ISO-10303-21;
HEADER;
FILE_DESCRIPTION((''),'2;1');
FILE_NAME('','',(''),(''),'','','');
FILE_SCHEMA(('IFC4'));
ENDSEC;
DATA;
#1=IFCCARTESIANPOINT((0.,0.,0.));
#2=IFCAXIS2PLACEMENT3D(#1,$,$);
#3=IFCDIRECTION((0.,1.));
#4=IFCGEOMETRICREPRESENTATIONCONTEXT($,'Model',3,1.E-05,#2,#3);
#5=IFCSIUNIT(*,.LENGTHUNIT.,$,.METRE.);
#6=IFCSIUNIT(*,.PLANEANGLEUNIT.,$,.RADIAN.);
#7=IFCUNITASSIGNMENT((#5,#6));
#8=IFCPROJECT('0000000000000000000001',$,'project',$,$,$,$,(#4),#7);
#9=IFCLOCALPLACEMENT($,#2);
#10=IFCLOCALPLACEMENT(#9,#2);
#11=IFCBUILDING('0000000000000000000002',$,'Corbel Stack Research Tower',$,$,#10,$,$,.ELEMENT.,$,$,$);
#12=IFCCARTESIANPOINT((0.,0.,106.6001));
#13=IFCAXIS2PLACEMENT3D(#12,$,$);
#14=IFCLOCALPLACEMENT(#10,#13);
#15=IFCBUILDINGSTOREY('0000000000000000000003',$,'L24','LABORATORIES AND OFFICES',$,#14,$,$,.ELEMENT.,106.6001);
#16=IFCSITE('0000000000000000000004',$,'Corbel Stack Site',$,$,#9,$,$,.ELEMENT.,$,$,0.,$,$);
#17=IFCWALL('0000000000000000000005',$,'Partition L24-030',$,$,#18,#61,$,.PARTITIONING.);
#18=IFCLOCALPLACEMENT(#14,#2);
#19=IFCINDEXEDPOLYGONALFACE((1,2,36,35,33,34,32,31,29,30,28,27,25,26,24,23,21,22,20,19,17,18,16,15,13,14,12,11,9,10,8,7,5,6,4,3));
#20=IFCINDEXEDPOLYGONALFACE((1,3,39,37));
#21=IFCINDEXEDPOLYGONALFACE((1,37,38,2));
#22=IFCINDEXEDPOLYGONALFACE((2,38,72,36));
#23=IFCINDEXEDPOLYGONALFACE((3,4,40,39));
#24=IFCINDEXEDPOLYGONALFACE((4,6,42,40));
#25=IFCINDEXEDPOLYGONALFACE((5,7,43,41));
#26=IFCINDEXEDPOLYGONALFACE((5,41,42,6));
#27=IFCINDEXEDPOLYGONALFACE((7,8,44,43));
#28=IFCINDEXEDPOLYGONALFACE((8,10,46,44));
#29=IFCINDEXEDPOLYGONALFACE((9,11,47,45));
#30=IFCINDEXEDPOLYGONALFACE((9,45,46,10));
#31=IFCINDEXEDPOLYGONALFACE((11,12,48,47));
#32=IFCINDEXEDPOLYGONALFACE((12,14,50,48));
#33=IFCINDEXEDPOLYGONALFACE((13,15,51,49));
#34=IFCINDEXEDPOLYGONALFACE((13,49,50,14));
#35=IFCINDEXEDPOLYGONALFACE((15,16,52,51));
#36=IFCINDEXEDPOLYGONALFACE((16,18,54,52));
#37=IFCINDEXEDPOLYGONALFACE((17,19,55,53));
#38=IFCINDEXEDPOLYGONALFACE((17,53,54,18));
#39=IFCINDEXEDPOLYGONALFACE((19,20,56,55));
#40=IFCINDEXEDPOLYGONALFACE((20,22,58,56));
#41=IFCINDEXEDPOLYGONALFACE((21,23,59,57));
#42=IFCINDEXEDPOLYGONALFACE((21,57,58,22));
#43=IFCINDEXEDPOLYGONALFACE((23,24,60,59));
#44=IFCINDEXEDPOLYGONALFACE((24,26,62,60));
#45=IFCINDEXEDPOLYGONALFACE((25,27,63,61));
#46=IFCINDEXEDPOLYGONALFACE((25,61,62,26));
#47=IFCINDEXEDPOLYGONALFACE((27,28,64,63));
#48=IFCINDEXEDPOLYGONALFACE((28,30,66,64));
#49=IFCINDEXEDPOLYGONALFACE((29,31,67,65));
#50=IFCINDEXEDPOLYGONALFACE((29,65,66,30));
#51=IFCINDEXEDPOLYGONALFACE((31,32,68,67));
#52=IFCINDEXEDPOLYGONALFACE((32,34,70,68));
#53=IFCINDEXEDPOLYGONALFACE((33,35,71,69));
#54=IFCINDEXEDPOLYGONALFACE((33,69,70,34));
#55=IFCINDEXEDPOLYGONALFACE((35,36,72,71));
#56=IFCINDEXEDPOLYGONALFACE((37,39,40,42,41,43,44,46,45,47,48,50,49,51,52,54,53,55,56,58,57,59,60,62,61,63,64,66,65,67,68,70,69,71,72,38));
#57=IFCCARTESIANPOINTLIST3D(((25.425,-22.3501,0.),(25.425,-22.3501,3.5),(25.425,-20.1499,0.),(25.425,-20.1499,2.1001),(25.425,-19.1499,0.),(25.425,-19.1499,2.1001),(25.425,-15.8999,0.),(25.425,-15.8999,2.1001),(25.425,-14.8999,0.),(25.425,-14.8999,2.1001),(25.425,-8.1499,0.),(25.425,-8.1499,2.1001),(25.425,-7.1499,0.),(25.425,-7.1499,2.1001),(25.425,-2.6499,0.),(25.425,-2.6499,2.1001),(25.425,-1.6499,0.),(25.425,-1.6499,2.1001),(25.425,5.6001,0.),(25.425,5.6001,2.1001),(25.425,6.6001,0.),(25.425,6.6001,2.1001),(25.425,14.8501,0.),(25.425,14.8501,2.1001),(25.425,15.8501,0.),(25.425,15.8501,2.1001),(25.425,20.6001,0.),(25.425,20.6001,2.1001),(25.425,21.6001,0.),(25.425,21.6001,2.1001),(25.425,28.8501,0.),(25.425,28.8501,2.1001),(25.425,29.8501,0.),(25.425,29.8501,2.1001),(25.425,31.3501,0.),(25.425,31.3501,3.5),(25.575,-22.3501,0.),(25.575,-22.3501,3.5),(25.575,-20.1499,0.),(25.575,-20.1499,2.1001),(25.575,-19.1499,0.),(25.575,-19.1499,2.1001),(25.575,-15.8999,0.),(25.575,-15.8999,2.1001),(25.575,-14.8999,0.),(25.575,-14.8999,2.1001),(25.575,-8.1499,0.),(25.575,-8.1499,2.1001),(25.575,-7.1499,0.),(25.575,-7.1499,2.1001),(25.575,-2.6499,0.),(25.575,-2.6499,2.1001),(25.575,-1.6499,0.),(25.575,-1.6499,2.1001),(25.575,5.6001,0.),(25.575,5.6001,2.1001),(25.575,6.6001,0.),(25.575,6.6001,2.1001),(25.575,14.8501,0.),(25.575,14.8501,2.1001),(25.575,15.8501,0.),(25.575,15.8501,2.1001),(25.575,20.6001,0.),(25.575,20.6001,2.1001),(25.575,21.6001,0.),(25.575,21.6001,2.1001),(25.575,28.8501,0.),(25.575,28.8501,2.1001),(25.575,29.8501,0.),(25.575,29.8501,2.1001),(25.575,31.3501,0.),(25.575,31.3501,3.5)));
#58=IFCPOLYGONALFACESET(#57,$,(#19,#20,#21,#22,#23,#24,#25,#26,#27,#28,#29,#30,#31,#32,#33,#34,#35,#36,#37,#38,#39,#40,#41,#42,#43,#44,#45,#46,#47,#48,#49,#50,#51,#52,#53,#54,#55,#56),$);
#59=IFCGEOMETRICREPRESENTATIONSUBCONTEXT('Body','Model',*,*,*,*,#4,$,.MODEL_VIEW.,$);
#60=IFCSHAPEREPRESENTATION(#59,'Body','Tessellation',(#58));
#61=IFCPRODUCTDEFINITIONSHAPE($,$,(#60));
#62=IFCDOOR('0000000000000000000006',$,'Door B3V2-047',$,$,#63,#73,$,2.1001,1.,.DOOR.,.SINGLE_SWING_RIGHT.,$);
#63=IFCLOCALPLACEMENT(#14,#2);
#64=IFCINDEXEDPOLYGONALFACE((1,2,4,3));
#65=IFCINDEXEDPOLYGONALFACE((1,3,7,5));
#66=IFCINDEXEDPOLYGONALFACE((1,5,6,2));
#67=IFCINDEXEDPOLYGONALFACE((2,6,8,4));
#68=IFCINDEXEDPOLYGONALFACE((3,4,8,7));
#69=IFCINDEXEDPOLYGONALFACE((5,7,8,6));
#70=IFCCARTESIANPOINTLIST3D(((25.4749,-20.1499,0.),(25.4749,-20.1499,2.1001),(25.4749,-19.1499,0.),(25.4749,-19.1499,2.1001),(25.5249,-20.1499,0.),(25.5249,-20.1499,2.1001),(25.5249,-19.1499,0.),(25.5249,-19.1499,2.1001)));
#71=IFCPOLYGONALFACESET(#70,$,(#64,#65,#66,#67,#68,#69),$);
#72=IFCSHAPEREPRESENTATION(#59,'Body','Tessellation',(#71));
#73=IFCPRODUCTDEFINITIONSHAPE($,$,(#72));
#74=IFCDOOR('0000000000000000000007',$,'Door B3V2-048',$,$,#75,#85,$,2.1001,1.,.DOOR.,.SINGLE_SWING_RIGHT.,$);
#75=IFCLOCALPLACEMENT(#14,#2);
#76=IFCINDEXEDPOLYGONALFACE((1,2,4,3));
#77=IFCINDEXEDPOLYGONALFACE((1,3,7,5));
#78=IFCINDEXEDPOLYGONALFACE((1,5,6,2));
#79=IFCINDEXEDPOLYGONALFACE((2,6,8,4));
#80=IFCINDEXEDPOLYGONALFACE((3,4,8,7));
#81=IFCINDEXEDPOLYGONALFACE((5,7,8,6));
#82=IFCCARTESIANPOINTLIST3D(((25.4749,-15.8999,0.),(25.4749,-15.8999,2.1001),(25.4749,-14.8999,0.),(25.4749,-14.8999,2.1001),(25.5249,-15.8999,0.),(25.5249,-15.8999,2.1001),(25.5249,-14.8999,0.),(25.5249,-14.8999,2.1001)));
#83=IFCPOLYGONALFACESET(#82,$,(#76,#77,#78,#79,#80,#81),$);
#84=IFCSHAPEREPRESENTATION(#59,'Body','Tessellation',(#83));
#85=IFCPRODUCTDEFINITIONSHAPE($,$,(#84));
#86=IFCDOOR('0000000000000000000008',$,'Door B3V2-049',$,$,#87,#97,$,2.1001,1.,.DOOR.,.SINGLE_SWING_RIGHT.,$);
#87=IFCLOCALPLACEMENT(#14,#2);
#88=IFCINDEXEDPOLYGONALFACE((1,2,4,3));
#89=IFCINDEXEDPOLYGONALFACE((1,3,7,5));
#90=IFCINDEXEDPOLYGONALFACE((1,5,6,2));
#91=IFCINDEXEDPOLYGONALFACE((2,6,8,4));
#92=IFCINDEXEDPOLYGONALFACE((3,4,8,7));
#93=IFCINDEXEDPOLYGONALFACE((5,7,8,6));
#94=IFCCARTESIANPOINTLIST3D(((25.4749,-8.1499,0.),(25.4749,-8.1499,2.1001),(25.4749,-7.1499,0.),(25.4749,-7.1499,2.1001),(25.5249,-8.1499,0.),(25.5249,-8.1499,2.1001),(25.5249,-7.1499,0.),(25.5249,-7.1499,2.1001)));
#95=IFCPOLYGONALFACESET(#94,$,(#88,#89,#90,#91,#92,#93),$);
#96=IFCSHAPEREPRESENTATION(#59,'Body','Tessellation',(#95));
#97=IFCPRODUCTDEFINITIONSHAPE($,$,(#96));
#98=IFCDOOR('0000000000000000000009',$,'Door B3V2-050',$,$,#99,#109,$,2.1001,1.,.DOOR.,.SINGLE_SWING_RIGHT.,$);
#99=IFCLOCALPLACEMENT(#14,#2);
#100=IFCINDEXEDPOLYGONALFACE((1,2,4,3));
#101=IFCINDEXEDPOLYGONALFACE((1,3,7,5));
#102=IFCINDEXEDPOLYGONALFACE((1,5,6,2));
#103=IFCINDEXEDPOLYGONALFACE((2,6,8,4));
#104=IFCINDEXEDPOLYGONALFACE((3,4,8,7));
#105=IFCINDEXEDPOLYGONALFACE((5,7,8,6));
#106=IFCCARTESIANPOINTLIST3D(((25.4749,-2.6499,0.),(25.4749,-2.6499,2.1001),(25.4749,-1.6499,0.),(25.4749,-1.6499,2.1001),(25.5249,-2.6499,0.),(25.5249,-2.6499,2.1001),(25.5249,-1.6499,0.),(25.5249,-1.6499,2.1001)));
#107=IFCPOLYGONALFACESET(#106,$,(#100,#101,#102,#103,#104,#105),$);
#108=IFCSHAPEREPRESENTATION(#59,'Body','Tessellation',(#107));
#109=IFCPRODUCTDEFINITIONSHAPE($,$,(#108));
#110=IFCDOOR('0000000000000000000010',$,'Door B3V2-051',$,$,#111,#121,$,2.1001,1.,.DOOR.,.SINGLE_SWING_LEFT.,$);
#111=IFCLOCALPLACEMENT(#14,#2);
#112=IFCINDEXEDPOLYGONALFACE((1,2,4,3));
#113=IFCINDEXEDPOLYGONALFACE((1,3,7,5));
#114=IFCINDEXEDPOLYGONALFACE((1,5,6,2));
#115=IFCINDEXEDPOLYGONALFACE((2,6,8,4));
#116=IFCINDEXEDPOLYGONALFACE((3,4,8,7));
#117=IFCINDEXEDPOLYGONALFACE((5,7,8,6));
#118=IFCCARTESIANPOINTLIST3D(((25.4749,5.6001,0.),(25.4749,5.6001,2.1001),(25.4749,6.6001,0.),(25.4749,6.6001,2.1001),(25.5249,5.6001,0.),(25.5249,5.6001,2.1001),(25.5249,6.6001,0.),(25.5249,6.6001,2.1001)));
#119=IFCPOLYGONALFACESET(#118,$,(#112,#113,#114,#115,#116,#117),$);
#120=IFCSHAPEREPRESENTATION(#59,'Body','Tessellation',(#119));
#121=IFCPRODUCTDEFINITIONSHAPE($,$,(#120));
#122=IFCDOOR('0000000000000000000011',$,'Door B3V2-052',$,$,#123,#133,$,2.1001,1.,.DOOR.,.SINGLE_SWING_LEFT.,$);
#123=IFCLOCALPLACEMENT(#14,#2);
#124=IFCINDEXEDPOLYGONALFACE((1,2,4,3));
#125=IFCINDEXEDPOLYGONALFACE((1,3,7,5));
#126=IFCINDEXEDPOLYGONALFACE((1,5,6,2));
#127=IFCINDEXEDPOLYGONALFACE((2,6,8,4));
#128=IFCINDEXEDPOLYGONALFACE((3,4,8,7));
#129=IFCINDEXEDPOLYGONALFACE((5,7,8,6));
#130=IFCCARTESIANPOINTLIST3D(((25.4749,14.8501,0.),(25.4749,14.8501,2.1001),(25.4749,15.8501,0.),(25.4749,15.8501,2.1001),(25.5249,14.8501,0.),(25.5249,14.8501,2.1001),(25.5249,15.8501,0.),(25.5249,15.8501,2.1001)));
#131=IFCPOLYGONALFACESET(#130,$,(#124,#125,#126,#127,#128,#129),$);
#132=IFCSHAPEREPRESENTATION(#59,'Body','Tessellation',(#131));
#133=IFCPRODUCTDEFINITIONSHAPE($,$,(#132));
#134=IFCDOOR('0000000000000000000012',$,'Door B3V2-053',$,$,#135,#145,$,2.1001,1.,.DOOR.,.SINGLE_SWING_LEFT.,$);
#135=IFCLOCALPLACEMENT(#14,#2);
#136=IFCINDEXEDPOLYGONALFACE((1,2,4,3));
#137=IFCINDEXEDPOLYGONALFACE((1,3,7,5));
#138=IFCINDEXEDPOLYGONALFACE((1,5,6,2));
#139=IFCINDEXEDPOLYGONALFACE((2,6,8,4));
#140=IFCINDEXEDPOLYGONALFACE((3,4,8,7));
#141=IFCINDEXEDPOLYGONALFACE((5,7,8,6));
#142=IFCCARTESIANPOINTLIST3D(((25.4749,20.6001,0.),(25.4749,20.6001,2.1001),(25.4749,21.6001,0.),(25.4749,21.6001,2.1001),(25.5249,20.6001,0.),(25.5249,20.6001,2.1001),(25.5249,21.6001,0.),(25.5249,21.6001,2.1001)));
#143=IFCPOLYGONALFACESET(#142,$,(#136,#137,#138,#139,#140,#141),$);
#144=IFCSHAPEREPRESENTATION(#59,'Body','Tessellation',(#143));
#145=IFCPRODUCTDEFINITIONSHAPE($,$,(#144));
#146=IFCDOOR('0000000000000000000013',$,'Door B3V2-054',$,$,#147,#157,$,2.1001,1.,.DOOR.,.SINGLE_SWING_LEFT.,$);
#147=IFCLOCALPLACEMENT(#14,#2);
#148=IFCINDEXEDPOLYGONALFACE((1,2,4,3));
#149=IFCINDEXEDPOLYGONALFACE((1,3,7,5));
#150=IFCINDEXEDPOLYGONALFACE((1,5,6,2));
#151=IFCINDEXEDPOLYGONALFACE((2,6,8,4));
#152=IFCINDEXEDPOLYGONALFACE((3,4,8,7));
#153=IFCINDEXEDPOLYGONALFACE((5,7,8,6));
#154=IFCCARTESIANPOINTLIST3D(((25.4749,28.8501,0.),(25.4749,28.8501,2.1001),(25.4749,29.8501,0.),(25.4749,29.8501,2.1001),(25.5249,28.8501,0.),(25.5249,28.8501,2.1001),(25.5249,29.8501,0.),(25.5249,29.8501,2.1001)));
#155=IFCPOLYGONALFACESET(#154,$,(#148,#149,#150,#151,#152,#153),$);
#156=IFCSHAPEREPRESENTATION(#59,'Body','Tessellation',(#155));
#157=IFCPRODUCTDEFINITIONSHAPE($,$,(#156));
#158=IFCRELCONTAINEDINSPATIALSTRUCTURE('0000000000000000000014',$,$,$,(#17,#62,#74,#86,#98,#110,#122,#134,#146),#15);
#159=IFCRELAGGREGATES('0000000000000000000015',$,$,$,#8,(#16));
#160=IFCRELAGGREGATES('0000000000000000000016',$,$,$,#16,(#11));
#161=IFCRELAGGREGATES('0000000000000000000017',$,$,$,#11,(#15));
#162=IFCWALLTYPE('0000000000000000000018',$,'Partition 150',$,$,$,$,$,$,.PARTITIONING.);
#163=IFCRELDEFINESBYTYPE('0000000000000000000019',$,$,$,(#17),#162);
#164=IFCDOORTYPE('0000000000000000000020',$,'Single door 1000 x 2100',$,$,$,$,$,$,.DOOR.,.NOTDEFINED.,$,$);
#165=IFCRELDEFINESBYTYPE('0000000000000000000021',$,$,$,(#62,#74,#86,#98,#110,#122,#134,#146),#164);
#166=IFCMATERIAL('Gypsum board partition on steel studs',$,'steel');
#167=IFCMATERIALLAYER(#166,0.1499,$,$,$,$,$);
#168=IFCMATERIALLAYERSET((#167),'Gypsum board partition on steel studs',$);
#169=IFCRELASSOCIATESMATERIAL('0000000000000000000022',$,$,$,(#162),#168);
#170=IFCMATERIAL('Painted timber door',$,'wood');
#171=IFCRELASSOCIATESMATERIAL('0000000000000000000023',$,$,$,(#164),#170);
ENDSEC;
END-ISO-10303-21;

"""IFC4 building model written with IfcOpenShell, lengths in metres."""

from ifc_helpers import new_model, si_unit, direction, frame, frame_2d, origin, place, context, subcontext, project, spatial, rectangle, extrude, material, layer, layer_set, type_object, element, fill, save


model = new_model("IFC4")

# Units and contexts
model_context = context("Model", 3, precision=1e-05, world=origin(), true_north=direction((0.0, 1.0)))
body_context = subcontext(model_context, "Body", "Model", "MODEL_VIEW")
ifc_project = project(units=[si_unit("LENGTHUNIT", "METRE"), si_unit("PLANEANGLEUNIT", "RADIAN")], contexts=[model_context])

# Site, building, storey
site_placement = place(None, origin())
site = spatial("IfcSite", under=ifc_project, at=site_placement, Name="Corbel Stack Site", CompositionType="ELEMENT", RefElevation=0.0)
building_placement = place(site_placement, origin())
building = spatial("IfcBuilding", under=site, at=building_placement, Name="Corbel Stack Research Tower", CompositionType="ELEMENT")
storey_placement = place(building_placement, frame((0.0, 0.0, 106.6001)))
storey = spatial("IfcBuildingStorey", under=building, at=storey_placement, Name="L24", Description="LABORATORIES AND OFFICES", CompositionType="ELEMENT", Elevation=106.6001)

# Wall, openings, doors
ifc_material_1 = material(Name="Gypsum board partition on steel studs", Category="steel")
ifc_layer_1 = layer(ifc_material_1, 0.1499)
ifc_layer_set_1 = layer_set([ifc_layer_1], Name="Gypsum board partition on steel studs")
wall_type_1 = type_object("IfcWallType", Name="Partition 150", PredefinedType="PARTITIONING", material=ifc_layer_set_1)
wall_1_placement = place(storey_placement, frame((25.5, 31.3501, 0.0), z_axis=(0.0, 0.0, 1.0), x_axis=(0.0, -1.0, 0.0)))
wall_1 = element("IfcWall", 1, at=wall_1_placement, inside=storey, type_object=wall_type_1, Name="Partition L24-030", PredefinedType="PARTITIONING", context=body_context, shape_type="SweptSolid", body=[
    extrude(rectangle(XDim=53.7002, YDim=0.1499, at=frame_2d((26.8501, 0.0))), origin(), (0.0, 0.0, 1.0), 3.5),
])
opening_1_placement = place(wall_1_placement, frame((50.5, 0.0, 0.0)))
opening_1 = element("IfcOpeningElement", 2, at=opening_1_placement, cuts=wall_1, PredefinedType="OPENING", context=body_context, shape_type="SweptSolid", body=[
    extrude(rectangle(XDim=1.0, YDim=2.1001, at=frame_2d((0.5, 1.05))), frame((0.0, 0.085, 0.0), z_axis=(0.0, -1.0, 0.0), x_axis=(1.0, 0.0, 0.0)), (0.0, 0.0, 1.0), 0.1699),
])
opening_2_placement = place(wall_1_placement, frame((46.25, 0.0, 0.0)))
opening_2 = element("IfcOpeningElement", 3, at=opening_2_placement, cuts=wall_1, PredefinedType="OPENING", context=body_context, shape_type="SweptSolid", body=[
    extrude(rectangle(XDim=1.0, YDim=2.1001, at=frame_2d((0.5, 1.05))), frame((0.0, 0.085, 0.0), z_axis=(0.0, -1.0, 0.0), x_axis=(1.0, 0.0, 0.0)), (0.0, 0.0, 1.0), 0.1699),
])
opening_3_placement = place(wall_1_placement, frame((38.5, 0.0, 0.0)))
opening_3 = element("IfcOpeningElement", 4, at=opening_3_placement, cuts=wall_1, PredefinedType="OPENING", context=body_context, shape_type="SweptSolid", body=[
    extrude(rectangle(XDim=1.0, YDim=2.1001, at=frame_2d((0.5, 1.05))), frame((0.0, 0.085, 0.0), z_axis=(0.0, -1.0, 0.0), x_axis=(1.0, 0.0, 0.0)), (0.0, 0.0, 1.0), 0.1699),
])
opening_4_placement = place(wall_1_placement, frame((33.0, 0.0, 0.0)))
opening_4 = element("IfcOpeningElement", 5, at=opening_4_placement, cuts=wall_1, PredefinedType="OPENING", context=body_context, shape_type="SweptSolid", body=[
    extrude(rectangle(XDim=1.0, YDim=2.1001, at=frame_2d((0.5, 1.05))), frame((0.0, 0.085, 0.0), z_axis=(0.0, -1.0, 0.0), x_axis=(1.0, 0.0, 0.0)), (0.0, 0.0, 1.0), 0.1699),
])
opening_5_placement = place(wall_1_placement, frame((24.75, 0.0, 0.0)))
opening_5 = element("IfcOpeningElement", 6, at=opening_5_placement, cuts=wall_1, PredefinedType="OPENING", context=body_context, shape_type="SweptSolid", body=[
    extrude(rectangle(XDim=1.0, YDim=2.1001, at=frame_2d((0.5, 1.05))), frame((0.0, 0.085, 0.0), z_axis=(0.0, -1.0, 0.0), x_axis=(1.0, 0.0, 0.0)), (0.0, 0.0, 1.0), 0.1699),
])
opening_6_placement = place(wall_1_placement, frame((15.5, 0.0, 0.0)))
opening_6 = element("IfcOpeningElement", 7, at=opening_6_placement, cuts=wall_1, PredefinedType="OPENING", context=body_context, shape_type="SweptSolid", body=[
    extrude(rectangle(XDim=1.0, YDim=2.1001, at=frame_2d((0.5, 1.05))), frame((0.0, 0.085, 0.0), z_axis=(0.0, -1.0, 0.0), x_axis=(1.0, 0.0, 0.0)), (0.0, 0.0, 1.0), 0.1699),
])
opening_7_placement = place(wall_1_placement, frame((9.75, 0.0, 0.0)))
opening_7 = element("IfcOpeningElement", 8, at=opening_7_placement, cuts=wall_1, PredefinedType="OPENING", context=body_context, shape_type="SweptSolid", body=[
    extrude(rectangle(XDim=1.0, YDim=2.1001, at=frame_2d((0.5, 1.05))), frame((0.0, 0.085, 0.0), z_axis=(0.0, -1.0, 0.0), x_axis=(1.0, 0.0, 0.0)), (0.0, 0.0, 1.0), 0.1699),
])
opening_8_placement = place(wall_1_placement, frame((1.5, 0.0, 0.0)))
opening_8 = element("IfcOpeningElement", 9, at=opening_8_placement, cuts=wall_1, PredefinedType="OPENING", context=body_context, shape_type="SweptSolid", body=[
    extrude(rectangle(XDim=1.0, YDim=2.1001, at=frame_2d((0.5, 1.05))), frame((0.0, 0.085, 0.0), z_axis=(0.0, -1.0, 0.0), x_axis=(1.0, 0.0, 0.0)), (0.0, 0.0, 1.0), 0.1699),
])
ifc_material_2 = material(Name="Painted timber door", Category="wood")
door_type = type_object("IfcDoorType", Name="Single door 1000 x 2100", OperationType="NOTDEFINED", PredefinedType="DOOR", material=ifc_material_2)
door_1_placement = place(opening_1_placement, origin())
door_1 = element("IfcDoor", 10, at=door_1_placement, inside=storey, type_object=door_type, Name="Door B3V2-047", OperationType="SINGLE_SWING_RIGHT", OverallHeight=2.1001, OverallWidth=1.0, PredefinedType="DOOR", context=body_context, shape_type="SweptSolid", body=[
    extrude(rectangle(XDim=1.0, YDim=2.1001, at=frame_2d((0.5, 1.05))), frame((0.0, 0.0249, 0.0), z_axis=(0.0, -1.0, 0.0), x_axis=(1.0, 0.0, 0.0)), (0.0, 0.0, 1.0), 0.05),
])
fill(opening_1, door_1)
door_2_placement = place(opening_2_placement, origin())
door_2 = element("IfcDoor", 11, at=door_2_placement, inside=storey, type_object=door_type, Name="Door B3V2-048", OperationType="SINGLE_SWING_RIGHT", OverallHeight=2.1001, OverallWidth=1.0, PredefinedType="DOOR", context=body_context, shape_type="SweptSolid", body=[
    extrude(rectangle(XDim=1.0, YDim=2.1001, at=frame_2d((0.5, 1.05))), frame((0.0, 0.0249, 0.0), z_axis=(0.0, -1.0, 0.0), x_axis=(1.0, 0.0, 0.0)), (0.0, 0.0, 1.0), 0.05),
])
fill(opening_2, door_2)
door_3_placement = place(opening_3_placement, origin())
door_3 = element("IfcDoor", 12, at=door_3_placement, inside=storey, type_object=door_type, Name="Door B3V2-049", OperationType="SINGLE_SWING_RIGHT", OverallHeight=2.1001, OverallWidth=1.0, PredefinedType="DOOR", context=body_context, shape_type="SweptSolid", body=[
    extrude(rectangle(XDim=1.0, YDim=2.1001, at=frame_2d((0.5, 1.05))), frame((0.0, 0.0249, 0.0), z_axis=(0.0, -1.0, 0.0), x_axis=(1.0, 0.0, 0.0)), (0.0, 0.0, 1.0), 0.05),
])
fill(opening_3, door_3)
door_4_placement = place(opening_4_placement, origin())
door_4 = element("IfcDoor", 13, at=door_4_placement, inside=storey, type_object=door_type, Name="Door B3V2-050", OperationType="SINGLE_SWING_RIGHT", OverallHeight=2.1001, OverallWidth=1.0, PredefinedType="DOOR", context=body_context, shape_type="SweptSolid", body=[
    extrude(rectangle(XDim=1.0, YDim=2.1001, at=frame_2d((0.5, 1.05))), frame((0.0, 0.0249, 0.0), z_axis=(0.0, -1.0, 0.0), x_axis=(1.0, 0.0, 0.0)), (0.0, 0.0, 1.0), 0.05),
])
fill(opening_4, door_4)
door_5_placement = place(opening_5_placement, origin())
door_5 = element("IfcDoor", 14, at=door_5_placement, inside=storey, type_object=door_type, Name="Door B3V2-051", OperationType="SINGLE_SWING_LEFT", OverallHeight=2.1001, OverallWidth=1.0, PredefinedType="DOOR", context=body_context, shape_type="SweptSolid", body=[
    extrude(rectangle(XDim=1.0, YDim=2.1001, at=frame_2d((0.5, 1.05))), frame((0.0, 0.0249, 0.0), z_axis=(0.0, -1.0, 0.0), x_axis=(1.0, 0.0, 0.0)), (0.0, 0.0, 1.0), 0.05),
])
fill(opening_5, door_5)
door_6_placement = place(opening_6_placement, origin())
door_6 = element("IfcDoor", 15, at=door_6_placement, inside=storey, type_object=door_type, Name="Door B3V2-052", OperationType="SINGLE_SWING_LEFT", OverallHeight=2.1001, OverallWidth=1.0, PredefinedType="DOOR", context=body_context, shape_type="SweptSolid", body=[
    extrude(rectangle(XDim=1.0, YDim=2.1001, at=frame_2d((0.5, 1.05))), frame((0.0, 0.0249, 0.0), z_axis=(0.0, -1.0, 0.0), x_axis=(1.0, 0.0, 0.0)), (0.0, 0.0, 1.0), 0.05),
])
fill(opening_6, door_6)
door_7_placement = place(opening_7_placement, origin())
door_7 = element("IfcDoor", 16, at=door_7_placement, inside=storey, type_object=door_type, Name="Door B3V2-053", OperationType="SINGLE_SWING_LEFT", OverallHeight=2.1001, OverallWidth=1.0, PredefinedType="DOOR", context=body_context, shape_type="SweptSolid", body=[
    extrude(rectangle(XDim=1.0, YDim=2.1001, at=frame_2d((0.5, 1.05))), frame((0.0, 0.0249, 0.0), z_axis=(0.0, -1.0, 0.0), x_axis=(1.0, 0.0, 0.0)), (0.0, 0.0, 1.0), 0.05),
])
fill(opening_7, door_7)
door_8_placement = place(opening_8_placement, origin())
door_8 = element("IfcDoor", 17, at=door_8_placement, inside=storey, type_object=door_type, Name="Door B3V2-054", OperationType="SINGLE_SWING_LEFT", OverallHeight=2.1001, OverallWidth=1.0, PredefinedType="DOOR", context=body_context, shape_type="SweptSolid", body=[
    extrude(rectangle(XDim=1.0, YDim=2.1001, at=frame_2d((0.5, 1.05))), frame((0.0, 0.0249, 0.0), z_axis=(0.0, -1.0, 0.0), x_axis=(1.0, 0.0, 0.0)), (0.0, 0.0, 1.0), 0.05),
])
fill(opening_8, door_8)

save(model, "model.ifc")
